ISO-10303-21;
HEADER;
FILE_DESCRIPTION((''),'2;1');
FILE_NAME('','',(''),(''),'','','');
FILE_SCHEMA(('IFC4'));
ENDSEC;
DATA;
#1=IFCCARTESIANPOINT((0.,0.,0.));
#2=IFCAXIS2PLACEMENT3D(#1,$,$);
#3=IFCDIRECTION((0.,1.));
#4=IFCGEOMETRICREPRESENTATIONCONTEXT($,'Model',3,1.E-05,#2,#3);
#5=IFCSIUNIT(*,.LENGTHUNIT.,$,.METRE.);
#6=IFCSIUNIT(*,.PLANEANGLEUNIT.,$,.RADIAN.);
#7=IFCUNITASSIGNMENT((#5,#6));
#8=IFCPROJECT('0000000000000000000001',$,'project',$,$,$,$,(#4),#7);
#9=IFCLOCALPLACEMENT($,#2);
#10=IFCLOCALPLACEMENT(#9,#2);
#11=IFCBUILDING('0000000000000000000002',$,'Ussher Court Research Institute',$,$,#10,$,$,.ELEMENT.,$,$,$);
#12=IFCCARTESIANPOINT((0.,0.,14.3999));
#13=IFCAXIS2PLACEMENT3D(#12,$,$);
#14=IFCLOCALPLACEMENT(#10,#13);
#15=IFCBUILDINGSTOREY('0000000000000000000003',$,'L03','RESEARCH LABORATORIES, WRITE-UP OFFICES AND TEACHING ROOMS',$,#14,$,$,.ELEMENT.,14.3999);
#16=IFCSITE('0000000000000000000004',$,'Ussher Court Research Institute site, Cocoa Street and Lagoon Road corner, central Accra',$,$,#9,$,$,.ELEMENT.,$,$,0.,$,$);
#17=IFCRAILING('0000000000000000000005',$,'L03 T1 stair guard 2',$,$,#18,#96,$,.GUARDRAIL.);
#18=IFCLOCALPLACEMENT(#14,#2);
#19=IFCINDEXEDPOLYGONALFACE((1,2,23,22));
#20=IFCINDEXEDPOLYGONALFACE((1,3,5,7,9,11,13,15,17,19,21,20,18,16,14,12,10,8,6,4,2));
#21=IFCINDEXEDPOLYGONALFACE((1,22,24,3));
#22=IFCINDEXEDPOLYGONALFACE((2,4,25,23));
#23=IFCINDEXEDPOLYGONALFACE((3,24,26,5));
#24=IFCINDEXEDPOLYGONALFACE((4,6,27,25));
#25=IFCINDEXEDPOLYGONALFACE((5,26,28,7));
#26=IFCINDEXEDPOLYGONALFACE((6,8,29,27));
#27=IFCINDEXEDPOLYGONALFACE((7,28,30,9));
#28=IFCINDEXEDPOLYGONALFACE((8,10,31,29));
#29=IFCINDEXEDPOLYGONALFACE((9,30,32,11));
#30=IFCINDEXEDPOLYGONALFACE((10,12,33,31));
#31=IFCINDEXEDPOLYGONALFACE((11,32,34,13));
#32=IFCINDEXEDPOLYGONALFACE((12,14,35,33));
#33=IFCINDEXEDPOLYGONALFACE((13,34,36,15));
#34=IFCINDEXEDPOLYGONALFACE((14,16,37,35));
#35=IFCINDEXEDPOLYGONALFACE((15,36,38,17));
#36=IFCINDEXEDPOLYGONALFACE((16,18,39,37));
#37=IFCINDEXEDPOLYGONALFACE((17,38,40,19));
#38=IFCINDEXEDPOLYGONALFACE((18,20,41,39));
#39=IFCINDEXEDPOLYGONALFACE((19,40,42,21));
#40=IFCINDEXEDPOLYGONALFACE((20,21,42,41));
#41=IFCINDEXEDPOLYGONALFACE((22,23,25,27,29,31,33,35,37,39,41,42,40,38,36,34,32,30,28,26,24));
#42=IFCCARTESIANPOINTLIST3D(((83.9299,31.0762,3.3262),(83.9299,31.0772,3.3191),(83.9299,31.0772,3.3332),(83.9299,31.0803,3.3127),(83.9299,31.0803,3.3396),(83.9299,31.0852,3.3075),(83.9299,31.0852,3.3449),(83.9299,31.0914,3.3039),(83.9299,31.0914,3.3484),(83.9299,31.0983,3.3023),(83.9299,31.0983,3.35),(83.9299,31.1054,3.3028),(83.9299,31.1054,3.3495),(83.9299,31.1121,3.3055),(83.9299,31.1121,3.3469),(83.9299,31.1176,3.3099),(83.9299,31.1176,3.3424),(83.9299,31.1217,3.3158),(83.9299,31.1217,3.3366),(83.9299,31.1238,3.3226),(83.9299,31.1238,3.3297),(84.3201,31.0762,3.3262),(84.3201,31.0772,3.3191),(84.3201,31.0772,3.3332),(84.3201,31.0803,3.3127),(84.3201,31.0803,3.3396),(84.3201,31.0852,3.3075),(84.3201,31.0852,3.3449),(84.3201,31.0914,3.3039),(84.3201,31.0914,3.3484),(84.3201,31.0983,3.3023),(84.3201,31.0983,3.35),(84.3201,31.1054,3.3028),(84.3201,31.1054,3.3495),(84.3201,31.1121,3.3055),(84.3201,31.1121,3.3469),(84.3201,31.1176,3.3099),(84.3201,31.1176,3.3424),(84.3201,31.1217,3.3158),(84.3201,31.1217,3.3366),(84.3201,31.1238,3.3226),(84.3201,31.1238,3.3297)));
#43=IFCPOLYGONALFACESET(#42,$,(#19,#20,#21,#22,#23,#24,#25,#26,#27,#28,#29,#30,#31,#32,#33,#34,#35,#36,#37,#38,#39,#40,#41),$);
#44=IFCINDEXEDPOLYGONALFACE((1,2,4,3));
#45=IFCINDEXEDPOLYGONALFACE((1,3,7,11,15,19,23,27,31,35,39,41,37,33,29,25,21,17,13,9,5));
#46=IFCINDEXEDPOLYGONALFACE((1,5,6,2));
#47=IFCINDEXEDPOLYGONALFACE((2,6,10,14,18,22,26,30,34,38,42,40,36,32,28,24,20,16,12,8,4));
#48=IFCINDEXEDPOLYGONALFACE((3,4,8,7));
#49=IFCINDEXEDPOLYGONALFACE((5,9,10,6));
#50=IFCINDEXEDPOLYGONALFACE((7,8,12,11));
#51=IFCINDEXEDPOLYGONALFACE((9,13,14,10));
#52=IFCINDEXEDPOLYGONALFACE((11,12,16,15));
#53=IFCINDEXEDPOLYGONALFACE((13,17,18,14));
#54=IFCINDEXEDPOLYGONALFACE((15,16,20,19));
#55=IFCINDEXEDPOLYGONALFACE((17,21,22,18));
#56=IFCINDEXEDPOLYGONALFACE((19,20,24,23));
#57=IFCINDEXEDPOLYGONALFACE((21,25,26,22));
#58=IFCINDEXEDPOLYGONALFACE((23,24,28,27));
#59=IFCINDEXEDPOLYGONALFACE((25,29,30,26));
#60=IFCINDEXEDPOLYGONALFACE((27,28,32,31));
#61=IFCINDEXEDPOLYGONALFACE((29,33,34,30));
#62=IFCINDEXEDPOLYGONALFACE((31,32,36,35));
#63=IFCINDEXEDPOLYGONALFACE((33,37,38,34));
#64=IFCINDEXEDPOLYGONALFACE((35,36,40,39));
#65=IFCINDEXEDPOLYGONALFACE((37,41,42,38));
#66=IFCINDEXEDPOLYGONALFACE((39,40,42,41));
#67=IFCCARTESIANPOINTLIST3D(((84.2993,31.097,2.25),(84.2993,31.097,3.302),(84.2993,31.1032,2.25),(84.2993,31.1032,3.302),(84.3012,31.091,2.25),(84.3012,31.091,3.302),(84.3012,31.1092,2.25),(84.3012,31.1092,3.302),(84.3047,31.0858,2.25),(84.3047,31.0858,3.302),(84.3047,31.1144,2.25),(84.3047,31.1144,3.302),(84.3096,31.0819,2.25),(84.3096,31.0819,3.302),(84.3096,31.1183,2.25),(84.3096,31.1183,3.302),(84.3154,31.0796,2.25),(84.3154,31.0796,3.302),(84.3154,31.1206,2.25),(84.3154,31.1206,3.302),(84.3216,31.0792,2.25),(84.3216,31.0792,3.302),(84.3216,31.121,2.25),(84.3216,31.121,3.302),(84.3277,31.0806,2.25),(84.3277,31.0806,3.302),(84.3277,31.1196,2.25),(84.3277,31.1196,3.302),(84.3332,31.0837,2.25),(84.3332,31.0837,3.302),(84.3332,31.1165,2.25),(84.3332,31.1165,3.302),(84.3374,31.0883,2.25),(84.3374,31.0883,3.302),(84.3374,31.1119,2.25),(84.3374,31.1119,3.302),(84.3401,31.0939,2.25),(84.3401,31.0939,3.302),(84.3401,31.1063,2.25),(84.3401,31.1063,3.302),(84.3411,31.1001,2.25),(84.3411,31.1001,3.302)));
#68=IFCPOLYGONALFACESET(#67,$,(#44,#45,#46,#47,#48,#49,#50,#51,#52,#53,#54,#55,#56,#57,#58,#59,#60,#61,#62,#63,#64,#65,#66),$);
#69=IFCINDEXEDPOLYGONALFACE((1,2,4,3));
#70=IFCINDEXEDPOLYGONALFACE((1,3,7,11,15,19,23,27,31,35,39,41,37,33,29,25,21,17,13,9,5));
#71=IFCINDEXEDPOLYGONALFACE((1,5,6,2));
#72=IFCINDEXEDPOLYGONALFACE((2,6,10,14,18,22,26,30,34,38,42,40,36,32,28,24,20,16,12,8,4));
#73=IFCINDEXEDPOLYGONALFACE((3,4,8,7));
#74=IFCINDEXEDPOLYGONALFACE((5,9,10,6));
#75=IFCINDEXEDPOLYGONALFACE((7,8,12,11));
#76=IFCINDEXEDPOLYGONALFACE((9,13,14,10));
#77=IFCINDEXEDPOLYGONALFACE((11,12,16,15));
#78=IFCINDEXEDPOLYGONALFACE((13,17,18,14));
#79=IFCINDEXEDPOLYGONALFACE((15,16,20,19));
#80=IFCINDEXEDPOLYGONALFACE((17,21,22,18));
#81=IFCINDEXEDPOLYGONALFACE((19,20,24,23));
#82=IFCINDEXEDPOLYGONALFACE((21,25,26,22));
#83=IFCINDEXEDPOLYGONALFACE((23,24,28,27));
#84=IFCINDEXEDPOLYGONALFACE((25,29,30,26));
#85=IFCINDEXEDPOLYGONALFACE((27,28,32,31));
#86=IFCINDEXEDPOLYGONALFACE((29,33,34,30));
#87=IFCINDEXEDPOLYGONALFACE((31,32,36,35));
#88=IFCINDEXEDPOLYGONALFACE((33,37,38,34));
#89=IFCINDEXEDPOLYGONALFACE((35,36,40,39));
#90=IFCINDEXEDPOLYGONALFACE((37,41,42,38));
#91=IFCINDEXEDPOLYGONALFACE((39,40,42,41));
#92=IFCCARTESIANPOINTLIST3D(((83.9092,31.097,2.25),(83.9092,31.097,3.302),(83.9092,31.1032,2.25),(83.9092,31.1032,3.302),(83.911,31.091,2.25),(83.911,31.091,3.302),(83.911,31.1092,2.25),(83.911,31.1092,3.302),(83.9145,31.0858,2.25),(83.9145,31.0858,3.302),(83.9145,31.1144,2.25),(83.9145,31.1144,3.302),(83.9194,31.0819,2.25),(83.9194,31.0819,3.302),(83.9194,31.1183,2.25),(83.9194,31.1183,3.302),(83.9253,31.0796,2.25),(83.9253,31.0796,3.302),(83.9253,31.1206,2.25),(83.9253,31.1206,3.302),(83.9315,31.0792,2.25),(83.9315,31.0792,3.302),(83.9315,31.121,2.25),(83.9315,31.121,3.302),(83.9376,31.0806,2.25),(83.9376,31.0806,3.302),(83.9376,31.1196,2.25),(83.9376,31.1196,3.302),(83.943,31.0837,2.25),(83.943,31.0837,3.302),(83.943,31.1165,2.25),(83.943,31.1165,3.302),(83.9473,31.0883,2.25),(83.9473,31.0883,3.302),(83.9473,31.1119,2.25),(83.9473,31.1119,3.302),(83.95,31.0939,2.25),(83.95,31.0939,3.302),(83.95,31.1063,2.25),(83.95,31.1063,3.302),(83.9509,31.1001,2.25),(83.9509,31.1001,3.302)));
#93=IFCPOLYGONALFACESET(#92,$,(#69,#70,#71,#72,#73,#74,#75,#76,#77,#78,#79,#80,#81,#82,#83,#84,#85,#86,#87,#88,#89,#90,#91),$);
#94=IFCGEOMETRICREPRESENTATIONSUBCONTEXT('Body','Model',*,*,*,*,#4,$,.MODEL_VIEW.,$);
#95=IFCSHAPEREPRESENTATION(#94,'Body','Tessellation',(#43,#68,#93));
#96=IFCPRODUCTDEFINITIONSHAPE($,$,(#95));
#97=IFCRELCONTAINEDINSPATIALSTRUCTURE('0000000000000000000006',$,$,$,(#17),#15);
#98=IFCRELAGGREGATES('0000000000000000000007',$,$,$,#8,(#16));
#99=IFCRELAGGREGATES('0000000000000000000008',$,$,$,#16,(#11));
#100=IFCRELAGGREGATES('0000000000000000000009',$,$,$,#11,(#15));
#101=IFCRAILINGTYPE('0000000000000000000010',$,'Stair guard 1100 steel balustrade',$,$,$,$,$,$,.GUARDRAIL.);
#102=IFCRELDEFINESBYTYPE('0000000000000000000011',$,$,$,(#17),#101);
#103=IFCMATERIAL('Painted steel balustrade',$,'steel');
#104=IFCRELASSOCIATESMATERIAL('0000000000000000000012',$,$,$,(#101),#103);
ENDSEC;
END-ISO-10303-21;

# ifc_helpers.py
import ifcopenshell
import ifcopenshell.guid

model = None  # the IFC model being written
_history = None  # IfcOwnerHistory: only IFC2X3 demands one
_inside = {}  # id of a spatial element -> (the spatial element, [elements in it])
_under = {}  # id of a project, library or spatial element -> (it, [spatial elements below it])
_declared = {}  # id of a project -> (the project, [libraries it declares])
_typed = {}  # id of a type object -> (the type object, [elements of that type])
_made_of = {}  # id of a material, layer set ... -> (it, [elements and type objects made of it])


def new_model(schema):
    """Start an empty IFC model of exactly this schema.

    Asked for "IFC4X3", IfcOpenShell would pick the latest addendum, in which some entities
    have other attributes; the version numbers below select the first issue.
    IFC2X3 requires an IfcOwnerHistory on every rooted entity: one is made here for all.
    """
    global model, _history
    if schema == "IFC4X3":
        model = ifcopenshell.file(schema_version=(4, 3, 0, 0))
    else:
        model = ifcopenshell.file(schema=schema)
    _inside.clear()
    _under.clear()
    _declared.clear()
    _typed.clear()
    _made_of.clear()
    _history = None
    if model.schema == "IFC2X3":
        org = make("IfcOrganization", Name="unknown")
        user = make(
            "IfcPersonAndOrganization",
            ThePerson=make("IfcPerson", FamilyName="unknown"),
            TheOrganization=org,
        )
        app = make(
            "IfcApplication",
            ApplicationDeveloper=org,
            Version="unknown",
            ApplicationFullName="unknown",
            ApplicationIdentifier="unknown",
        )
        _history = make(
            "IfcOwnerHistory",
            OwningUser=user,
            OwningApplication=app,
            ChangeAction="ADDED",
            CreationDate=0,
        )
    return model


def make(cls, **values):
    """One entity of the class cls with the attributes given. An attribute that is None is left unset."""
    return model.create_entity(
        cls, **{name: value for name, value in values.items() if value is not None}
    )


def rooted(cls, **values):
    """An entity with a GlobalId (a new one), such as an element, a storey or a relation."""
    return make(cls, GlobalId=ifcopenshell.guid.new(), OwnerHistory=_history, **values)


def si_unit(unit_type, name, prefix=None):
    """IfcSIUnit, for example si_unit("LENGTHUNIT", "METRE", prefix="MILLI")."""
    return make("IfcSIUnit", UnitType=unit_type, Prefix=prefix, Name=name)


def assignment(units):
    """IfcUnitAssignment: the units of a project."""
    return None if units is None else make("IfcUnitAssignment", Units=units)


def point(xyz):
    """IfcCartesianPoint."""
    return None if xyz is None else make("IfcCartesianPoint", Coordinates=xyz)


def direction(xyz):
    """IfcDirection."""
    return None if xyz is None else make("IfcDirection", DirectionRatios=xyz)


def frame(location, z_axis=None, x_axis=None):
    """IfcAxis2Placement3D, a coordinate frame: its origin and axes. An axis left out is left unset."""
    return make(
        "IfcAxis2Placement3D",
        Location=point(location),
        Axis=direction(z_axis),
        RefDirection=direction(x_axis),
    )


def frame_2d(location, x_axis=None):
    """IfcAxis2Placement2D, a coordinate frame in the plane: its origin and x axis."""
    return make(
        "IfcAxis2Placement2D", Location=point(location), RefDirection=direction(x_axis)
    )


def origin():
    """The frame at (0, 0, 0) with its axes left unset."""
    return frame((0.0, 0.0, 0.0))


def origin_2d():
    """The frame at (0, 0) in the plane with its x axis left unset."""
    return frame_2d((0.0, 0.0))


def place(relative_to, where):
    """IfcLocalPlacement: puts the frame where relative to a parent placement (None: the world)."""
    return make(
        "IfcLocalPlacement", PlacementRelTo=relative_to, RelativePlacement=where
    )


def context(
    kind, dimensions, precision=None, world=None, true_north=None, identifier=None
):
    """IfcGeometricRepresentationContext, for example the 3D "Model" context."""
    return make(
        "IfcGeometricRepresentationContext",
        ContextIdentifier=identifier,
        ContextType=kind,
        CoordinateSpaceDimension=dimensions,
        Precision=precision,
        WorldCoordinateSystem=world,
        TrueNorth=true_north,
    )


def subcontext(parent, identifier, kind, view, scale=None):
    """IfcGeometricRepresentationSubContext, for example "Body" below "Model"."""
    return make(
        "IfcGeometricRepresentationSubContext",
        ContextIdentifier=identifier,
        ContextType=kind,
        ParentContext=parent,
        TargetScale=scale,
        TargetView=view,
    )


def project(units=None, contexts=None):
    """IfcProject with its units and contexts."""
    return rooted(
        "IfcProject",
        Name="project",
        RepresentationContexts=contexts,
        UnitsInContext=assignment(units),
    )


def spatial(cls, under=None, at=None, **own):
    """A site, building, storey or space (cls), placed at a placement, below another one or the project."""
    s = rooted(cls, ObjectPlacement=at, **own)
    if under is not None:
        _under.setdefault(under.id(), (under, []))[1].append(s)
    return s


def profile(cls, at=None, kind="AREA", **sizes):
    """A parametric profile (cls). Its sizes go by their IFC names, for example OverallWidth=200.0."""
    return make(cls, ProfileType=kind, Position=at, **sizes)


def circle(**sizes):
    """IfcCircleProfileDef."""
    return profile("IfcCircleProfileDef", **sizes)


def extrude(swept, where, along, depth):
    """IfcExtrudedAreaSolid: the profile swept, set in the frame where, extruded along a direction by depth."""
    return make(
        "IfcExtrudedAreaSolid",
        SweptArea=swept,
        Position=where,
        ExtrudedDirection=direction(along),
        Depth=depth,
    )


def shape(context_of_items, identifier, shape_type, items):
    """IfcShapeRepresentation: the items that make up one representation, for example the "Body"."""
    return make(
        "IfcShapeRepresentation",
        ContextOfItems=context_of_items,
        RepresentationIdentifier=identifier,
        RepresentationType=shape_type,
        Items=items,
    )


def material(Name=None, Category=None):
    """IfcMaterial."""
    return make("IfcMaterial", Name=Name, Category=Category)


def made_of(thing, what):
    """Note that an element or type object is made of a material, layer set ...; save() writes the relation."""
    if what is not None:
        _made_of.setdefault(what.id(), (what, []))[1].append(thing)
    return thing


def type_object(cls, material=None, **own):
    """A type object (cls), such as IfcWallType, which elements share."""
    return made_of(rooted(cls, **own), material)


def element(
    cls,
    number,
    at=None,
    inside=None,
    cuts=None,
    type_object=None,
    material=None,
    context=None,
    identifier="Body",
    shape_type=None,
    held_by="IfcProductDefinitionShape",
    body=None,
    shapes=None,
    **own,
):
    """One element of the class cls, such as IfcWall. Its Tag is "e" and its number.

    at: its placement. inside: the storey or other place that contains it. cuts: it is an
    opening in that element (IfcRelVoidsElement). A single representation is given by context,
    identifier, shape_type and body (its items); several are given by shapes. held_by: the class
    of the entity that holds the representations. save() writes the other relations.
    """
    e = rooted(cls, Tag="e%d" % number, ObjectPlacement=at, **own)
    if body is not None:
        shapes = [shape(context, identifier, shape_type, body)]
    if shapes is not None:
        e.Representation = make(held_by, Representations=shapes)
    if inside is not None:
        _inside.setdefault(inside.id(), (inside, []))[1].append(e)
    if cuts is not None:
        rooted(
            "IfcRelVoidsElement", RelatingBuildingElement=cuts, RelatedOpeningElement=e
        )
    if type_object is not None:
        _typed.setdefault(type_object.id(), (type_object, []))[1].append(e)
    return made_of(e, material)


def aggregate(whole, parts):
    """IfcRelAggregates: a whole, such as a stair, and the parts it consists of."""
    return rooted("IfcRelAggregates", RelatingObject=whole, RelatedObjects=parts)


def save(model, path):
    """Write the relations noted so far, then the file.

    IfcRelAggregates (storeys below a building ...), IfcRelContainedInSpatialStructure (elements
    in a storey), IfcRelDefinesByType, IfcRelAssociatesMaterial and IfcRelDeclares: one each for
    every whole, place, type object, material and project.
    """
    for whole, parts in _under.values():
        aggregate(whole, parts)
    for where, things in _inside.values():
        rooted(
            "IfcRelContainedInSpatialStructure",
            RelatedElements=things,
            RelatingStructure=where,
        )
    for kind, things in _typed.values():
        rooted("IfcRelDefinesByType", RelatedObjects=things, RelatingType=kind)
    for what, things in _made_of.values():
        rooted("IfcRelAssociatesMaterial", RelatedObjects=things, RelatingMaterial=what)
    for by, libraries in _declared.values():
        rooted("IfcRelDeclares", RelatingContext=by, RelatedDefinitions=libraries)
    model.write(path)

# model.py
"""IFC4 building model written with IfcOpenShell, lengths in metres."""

from ifc_helpers import new_model, si_unit, direction, frame, origin, origin_2d, place, context, subcontext, project, spatial, circle, extrude, material, type_object, element, save


model = new_model("IFC4")

# Units and contexts
model_context = context("Model", 3, precision=1e-05, world=origin(), true_north=direction((0.0, 1.0)))
body_context = subcontext(model_context, "Body", "Model", "MODEL_VIEW")
ifc_project = project(units=[si_unit("LENGTHUNIT", "METRE"), si_unit("PLANEANGLEUNIT", "RADIAN")], contexts=[model_context])

# Site, building, storey
site_placement = place(None, origin())
site = spatial("IfcSite", under=ifc_project, at=site_placement, Name="Ussher Court Research Institute site, Cocoa Street and Lagoon Road corner, central Accra", CompositionType="ELEMENT", RefElevation=0.0)
building_placement = place(site_placement, origin())
building = spatial("IfcBuilding", under=site, at=building_placement, Name="Ussher Court Research Institute", CompositionType="ELEMENT")
storey_placement = place(building_placement, frame((0.0, 0.0, 14.3999)))
storey = spatial("IfcBuildingStorey", under=building, at=storey_placement, Name="L03", Description="RESEARCH LABORATORIES, WRITE-UP OFFICES AND TEACHING ROOMS", CompositionType="ELEMENT", Elevation=14.3999)

# Railing
ifc_material_1 = material(Name="Painted steel balustrade", Category="steel")
railing_type_1 = type_object("IfcRailingType", Name="Stair guard 1100 steel balustrade", PredefinedType="GUARDRAIL", material=ifc_material_1)
railing_1_placement = place(storey_placement, frame((84.3201, 31.1001, 2.25)))
element("IfcRailing", 1, at=railing_1_placement, inside=storey, type_object=railing_type_1, Name="L03 T1 stair guard 2", PredefinedType="GUARDRAIL", context=body_context, shape_type="SweptSolid", body=[
    extrude(circle(Radius=0.0239, at=origin_2d()), frame((0.0, 0.0, 1.0762), z_axis=(-1.0, 0.0, 0.0), x_axis=(0.0, -1.0, 0.0)), (0.0, 0.0, 1.0), 0.3901),
    extrude(circle(Radius=0.021, at=origin_2d()), origin(), (0.0, 0.0, 1.0), 1.052),
    extrude(circle(Radius=0.021, at=origin_2d()), frame((-0.3901, 0.0, 0.0)), (0.0, 0.0, 1.0), 1.052),
])

save(model, "model.ifc")
